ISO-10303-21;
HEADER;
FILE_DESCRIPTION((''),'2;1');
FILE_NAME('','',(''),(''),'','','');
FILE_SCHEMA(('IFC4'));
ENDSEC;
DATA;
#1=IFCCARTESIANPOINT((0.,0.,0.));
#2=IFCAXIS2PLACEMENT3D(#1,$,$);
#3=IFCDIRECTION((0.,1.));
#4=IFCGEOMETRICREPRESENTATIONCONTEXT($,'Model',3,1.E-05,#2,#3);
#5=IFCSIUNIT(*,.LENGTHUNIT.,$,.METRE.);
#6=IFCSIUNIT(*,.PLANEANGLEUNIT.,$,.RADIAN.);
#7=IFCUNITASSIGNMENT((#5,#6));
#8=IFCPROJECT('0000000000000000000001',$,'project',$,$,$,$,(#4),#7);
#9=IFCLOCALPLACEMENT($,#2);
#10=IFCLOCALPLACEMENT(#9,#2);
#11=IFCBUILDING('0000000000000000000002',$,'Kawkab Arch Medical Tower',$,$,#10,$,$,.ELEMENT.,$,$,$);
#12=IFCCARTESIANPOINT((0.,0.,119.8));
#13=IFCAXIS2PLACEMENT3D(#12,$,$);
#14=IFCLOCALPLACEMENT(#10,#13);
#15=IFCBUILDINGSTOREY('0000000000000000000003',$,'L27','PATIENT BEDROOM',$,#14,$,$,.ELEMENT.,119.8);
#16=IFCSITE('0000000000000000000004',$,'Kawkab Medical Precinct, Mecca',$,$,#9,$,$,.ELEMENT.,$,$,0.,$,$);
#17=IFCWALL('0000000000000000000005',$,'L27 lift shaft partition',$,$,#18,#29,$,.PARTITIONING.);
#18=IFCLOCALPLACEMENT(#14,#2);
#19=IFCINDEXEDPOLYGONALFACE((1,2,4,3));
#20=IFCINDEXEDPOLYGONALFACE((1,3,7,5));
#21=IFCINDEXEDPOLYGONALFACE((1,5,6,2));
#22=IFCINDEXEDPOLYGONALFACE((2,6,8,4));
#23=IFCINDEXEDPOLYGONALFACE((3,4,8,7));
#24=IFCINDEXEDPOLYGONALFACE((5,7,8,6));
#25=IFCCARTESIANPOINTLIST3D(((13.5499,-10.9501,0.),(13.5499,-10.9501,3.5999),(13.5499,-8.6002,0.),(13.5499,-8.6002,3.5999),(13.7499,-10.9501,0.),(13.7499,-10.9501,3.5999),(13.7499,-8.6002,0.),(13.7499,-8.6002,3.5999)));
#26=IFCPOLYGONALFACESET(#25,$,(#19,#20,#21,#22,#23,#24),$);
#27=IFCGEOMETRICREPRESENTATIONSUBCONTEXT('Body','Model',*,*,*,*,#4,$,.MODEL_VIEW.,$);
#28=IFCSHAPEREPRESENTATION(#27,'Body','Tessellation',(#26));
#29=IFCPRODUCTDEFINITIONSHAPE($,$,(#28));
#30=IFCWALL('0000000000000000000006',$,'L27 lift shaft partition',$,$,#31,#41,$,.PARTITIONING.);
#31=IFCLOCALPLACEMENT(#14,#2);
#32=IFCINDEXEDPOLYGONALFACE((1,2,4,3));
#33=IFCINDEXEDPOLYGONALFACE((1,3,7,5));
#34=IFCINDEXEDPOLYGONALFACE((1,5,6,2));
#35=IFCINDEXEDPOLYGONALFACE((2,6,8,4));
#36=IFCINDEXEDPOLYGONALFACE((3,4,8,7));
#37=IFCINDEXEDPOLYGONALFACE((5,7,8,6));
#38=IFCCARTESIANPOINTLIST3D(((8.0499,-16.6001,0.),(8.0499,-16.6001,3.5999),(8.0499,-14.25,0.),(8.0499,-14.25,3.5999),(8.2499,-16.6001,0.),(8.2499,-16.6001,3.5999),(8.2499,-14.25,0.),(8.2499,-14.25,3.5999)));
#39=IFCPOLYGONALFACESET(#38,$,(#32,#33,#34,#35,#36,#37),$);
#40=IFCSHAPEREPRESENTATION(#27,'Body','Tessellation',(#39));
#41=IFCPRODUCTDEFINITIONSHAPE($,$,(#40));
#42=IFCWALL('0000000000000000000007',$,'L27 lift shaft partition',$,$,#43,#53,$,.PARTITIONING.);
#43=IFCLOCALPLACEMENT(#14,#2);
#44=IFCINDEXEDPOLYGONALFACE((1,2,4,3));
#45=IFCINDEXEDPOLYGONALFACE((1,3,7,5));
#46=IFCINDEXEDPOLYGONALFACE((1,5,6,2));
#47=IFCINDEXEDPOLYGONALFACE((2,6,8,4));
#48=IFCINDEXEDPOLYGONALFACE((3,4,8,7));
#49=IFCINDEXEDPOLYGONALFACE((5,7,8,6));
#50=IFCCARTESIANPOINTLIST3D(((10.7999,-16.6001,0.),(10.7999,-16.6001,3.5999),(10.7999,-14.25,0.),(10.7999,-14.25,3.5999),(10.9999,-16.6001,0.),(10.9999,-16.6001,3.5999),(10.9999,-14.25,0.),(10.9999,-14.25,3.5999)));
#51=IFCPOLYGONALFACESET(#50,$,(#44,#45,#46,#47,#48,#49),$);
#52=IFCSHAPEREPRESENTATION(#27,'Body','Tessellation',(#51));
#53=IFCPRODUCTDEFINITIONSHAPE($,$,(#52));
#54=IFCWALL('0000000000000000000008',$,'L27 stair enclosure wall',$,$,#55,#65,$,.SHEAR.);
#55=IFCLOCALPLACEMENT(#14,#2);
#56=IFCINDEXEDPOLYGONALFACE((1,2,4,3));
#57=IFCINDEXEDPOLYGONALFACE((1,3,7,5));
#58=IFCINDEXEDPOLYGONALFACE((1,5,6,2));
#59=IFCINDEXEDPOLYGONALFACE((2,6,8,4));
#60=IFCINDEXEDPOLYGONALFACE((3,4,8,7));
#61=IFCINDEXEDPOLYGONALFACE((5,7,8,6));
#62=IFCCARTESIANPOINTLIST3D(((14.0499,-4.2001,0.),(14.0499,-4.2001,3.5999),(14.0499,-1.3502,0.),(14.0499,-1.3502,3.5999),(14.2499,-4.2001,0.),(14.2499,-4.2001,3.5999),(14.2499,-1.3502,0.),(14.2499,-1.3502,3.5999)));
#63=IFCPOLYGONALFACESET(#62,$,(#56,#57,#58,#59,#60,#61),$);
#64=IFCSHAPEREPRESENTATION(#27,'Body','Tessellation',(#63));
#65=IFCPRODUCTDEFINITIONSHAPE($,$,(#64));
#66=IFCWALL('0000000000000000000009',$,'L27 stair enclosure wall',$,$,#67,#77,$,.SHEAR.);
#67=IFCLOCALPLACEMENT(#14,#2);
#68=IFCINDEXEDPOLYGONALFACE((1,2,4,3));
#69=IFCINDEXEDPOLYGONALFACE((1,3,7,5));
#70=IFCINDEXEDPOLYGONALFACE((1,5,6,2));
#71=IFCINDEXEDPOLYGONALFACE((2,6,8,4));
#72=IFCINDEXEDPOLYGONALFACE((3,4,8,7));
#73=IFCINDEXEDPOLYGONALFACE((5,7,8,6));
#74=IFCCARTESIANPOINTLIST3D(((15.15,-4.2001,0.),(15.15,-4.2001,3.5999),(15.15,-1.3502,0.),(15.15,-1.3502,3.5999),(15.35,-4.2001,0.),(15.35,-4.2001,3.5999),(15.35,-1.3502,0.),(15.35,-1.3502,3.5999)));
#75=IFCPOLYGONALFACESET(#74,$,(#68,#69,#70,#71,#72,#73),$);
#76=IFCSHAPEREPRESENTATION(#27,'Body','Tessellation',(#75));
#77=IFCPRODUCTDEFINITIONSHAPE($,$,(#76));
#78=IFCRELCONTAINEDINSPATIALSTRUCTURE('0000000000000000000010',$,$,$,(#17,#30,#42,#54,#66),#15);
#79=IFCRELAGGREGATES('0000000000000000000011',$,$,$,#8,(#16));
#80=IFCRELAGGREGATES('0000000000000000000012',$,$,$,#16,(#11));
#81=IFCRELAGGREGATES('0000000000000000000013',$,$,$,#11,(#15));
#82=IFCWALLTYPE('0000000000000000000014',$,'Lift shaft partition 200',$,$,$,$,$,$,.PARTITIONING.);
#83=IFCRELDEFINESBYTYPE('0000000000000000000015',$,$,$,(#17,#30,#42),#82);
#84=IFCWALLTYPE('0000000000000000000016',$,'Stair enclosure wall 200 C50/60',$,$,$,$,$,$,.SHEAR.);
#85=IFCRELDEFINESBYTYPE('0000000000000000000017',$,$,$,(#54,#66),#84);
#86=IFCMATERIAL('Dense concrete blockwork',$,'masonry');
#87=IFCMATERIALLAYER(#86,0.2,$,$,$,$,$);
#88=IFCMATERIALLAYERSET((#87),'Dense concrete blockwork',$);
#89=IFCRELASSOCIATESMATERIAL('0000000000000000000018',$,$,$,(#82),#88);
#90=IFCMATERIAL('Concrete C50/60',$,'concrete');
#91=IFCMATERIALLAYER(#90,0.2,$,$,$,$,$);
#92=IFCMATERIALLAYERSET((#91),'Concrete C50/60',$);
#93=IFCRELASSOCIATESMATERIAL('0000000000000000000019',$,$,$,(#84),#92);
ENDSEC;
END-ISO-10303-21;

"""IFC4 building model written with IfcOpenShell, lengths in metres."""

from ifc_helpers import new_model, si_unit, direction, frame, frame_2d, origin, place, context, subcontext, project, spatial, rectangle, extrude, material, layer, layer_set, type_object, element, save


model = new_model("IFC4")

# Units and contexts
model_context = context("Model", 3, precision=1e-05, world=origin(), true_north=direction((0.0, 1.0)))
body_context = subcontext(model_context, "Body", "Model", "MODEL_VIEW")
ifc_project = project(units=[si_unit("LENGTHUNIT", "METRE"), si_unit("PLANEANGLEUNIT", "RADIAN")], contexts=[model_context])

# Site, building, storey
site_placement = place(None, origin())
site = spatial("IfcSite", under=ifc_project, at=site_placement, Name="Kawkab Medical Precinct, Mecca", CompositionType="ELEMENT", RefElevation=0.0)
building_placement = place(site_placement, origin())
building = spatial("IfcBuilding", under=site, at=building_placement, Name="Kawkab Arch Medical Tower", CompositionType="ELEMENT")
storey_placement = place(building_placement, frame((0.0, 0.0, 119.8)))
storey = spatial("IfcBuildingStorey", under=building, at=storey_placement, Name="L27", Description="PATIENT BEDROOM", CompositionType="ELEMENT", Elevation=119.8)

# Walls
ifc_material_1 = material(Name="Dense concrete blockwork", Category="masonry")
ifc_layer_1 = layer(ifc_material_1, 0.2)
ifc_layer_set_1 = layer_set([ifc_layer_1], Name="Dense concrete blockwork")
wall_type_1 = type_object("IfcWallType", Name="Lift shaft partition 200", PredefinedType="PARTITIONING", material=ifc_layer_set_1)
for number, where, z_axis, x_axis, name in (
    (1, (13.6499, -10.95, 0.0), (0.0, 0.0, 1.0), (0.0, 1.0, 0.0), "L27 lift shaft partition"),
):
    element("IfcWall", number, at=place(storey_placement, frame(where, z_axis=z_axis, x_axis=x_axis)), inside=storey, type_object=wall_type_1, Name=name, PredefinedType="PARTITIONING", context=body_context, shape_type="SweptSolid", body=[
        extrude(rectangle(XDim=2.3499, YDim=0.2, at=frame_2d((1.1748, 0.0))), origin(), (0.0, 0.0, 1.0), 3.5999),
    ])
for number, where, z_axis, x_axis, name in (
    (2, (8.1499, -16.6001, 0.0), (0.0, 0.0, 1.0), (0.0, 1.0, 0.0), "L27 lift shaft partition"),
    (3, (10.8999, -16.6001, 0.0), (0.0, 0.0, 1.0), (0.0, 1.0, 0.0), "L27 lift shaft partition"),
):
    element("IfcWall", number, at=place(storey_placement, frame(where, z_axis=z_axis, x_axis=x_axis)), inside=storey, type_object=wall_type_1, Name=name, PredefinedType="PARTITIONING", context=body_context, shape_type="SweptSolid", body=[
        extrude(rectangle(XDim=2.3501, YDim=0.2, at=frame_2d((1.175, 0.0))), origin(), (0.0, 0.0, 1.0), 3.5999),
    ])
ifc_material_2 = material(Name="Concrete C50/60", Category="concrete")
ifc_layer_2 = layer(ifc_material_2, 0.2)
ifc_layer_set_2 = layer_set([ifc_layer_2], Name="Concrete C50/60")
wall_type_2 = type_object("IfcWallType", Name="Stair enclosure wall 200 C50/60", PredefinedType="SHEAR", material=ifc_layer_set_2)
for number, where, z_axis, x_axis, name in (
    (4, (14.1499, -4.2, 0.0), (0.0, 0.0, 1.0), (0.0, 1.0, 0.0), "L27 stair enclosure wall"),
    (5, (15.25, -4.2, 0.0), (0.0, 0.0, 1.0), (0.0, 1.0, 0.0), "L27 stair enclosure wall"),
):
    element("IfcWall", number, at=place(storey_placement, frame(where, z_axis=z_axis, x_axis=x_axis)), inside=storey, type_object=wall_type_2, Name=name, PredefinedType="SHEAR", context=body_context, shape_type="SweptSolid", body=[
        extrude(rectangle(XDim=2.8499, YDim=0.2, at=frame_2d((1.4248, 0.0))), origin(), (0.0, 0.0, 1.0), 3.5999),
    ])

save(model, "model.ifc")
